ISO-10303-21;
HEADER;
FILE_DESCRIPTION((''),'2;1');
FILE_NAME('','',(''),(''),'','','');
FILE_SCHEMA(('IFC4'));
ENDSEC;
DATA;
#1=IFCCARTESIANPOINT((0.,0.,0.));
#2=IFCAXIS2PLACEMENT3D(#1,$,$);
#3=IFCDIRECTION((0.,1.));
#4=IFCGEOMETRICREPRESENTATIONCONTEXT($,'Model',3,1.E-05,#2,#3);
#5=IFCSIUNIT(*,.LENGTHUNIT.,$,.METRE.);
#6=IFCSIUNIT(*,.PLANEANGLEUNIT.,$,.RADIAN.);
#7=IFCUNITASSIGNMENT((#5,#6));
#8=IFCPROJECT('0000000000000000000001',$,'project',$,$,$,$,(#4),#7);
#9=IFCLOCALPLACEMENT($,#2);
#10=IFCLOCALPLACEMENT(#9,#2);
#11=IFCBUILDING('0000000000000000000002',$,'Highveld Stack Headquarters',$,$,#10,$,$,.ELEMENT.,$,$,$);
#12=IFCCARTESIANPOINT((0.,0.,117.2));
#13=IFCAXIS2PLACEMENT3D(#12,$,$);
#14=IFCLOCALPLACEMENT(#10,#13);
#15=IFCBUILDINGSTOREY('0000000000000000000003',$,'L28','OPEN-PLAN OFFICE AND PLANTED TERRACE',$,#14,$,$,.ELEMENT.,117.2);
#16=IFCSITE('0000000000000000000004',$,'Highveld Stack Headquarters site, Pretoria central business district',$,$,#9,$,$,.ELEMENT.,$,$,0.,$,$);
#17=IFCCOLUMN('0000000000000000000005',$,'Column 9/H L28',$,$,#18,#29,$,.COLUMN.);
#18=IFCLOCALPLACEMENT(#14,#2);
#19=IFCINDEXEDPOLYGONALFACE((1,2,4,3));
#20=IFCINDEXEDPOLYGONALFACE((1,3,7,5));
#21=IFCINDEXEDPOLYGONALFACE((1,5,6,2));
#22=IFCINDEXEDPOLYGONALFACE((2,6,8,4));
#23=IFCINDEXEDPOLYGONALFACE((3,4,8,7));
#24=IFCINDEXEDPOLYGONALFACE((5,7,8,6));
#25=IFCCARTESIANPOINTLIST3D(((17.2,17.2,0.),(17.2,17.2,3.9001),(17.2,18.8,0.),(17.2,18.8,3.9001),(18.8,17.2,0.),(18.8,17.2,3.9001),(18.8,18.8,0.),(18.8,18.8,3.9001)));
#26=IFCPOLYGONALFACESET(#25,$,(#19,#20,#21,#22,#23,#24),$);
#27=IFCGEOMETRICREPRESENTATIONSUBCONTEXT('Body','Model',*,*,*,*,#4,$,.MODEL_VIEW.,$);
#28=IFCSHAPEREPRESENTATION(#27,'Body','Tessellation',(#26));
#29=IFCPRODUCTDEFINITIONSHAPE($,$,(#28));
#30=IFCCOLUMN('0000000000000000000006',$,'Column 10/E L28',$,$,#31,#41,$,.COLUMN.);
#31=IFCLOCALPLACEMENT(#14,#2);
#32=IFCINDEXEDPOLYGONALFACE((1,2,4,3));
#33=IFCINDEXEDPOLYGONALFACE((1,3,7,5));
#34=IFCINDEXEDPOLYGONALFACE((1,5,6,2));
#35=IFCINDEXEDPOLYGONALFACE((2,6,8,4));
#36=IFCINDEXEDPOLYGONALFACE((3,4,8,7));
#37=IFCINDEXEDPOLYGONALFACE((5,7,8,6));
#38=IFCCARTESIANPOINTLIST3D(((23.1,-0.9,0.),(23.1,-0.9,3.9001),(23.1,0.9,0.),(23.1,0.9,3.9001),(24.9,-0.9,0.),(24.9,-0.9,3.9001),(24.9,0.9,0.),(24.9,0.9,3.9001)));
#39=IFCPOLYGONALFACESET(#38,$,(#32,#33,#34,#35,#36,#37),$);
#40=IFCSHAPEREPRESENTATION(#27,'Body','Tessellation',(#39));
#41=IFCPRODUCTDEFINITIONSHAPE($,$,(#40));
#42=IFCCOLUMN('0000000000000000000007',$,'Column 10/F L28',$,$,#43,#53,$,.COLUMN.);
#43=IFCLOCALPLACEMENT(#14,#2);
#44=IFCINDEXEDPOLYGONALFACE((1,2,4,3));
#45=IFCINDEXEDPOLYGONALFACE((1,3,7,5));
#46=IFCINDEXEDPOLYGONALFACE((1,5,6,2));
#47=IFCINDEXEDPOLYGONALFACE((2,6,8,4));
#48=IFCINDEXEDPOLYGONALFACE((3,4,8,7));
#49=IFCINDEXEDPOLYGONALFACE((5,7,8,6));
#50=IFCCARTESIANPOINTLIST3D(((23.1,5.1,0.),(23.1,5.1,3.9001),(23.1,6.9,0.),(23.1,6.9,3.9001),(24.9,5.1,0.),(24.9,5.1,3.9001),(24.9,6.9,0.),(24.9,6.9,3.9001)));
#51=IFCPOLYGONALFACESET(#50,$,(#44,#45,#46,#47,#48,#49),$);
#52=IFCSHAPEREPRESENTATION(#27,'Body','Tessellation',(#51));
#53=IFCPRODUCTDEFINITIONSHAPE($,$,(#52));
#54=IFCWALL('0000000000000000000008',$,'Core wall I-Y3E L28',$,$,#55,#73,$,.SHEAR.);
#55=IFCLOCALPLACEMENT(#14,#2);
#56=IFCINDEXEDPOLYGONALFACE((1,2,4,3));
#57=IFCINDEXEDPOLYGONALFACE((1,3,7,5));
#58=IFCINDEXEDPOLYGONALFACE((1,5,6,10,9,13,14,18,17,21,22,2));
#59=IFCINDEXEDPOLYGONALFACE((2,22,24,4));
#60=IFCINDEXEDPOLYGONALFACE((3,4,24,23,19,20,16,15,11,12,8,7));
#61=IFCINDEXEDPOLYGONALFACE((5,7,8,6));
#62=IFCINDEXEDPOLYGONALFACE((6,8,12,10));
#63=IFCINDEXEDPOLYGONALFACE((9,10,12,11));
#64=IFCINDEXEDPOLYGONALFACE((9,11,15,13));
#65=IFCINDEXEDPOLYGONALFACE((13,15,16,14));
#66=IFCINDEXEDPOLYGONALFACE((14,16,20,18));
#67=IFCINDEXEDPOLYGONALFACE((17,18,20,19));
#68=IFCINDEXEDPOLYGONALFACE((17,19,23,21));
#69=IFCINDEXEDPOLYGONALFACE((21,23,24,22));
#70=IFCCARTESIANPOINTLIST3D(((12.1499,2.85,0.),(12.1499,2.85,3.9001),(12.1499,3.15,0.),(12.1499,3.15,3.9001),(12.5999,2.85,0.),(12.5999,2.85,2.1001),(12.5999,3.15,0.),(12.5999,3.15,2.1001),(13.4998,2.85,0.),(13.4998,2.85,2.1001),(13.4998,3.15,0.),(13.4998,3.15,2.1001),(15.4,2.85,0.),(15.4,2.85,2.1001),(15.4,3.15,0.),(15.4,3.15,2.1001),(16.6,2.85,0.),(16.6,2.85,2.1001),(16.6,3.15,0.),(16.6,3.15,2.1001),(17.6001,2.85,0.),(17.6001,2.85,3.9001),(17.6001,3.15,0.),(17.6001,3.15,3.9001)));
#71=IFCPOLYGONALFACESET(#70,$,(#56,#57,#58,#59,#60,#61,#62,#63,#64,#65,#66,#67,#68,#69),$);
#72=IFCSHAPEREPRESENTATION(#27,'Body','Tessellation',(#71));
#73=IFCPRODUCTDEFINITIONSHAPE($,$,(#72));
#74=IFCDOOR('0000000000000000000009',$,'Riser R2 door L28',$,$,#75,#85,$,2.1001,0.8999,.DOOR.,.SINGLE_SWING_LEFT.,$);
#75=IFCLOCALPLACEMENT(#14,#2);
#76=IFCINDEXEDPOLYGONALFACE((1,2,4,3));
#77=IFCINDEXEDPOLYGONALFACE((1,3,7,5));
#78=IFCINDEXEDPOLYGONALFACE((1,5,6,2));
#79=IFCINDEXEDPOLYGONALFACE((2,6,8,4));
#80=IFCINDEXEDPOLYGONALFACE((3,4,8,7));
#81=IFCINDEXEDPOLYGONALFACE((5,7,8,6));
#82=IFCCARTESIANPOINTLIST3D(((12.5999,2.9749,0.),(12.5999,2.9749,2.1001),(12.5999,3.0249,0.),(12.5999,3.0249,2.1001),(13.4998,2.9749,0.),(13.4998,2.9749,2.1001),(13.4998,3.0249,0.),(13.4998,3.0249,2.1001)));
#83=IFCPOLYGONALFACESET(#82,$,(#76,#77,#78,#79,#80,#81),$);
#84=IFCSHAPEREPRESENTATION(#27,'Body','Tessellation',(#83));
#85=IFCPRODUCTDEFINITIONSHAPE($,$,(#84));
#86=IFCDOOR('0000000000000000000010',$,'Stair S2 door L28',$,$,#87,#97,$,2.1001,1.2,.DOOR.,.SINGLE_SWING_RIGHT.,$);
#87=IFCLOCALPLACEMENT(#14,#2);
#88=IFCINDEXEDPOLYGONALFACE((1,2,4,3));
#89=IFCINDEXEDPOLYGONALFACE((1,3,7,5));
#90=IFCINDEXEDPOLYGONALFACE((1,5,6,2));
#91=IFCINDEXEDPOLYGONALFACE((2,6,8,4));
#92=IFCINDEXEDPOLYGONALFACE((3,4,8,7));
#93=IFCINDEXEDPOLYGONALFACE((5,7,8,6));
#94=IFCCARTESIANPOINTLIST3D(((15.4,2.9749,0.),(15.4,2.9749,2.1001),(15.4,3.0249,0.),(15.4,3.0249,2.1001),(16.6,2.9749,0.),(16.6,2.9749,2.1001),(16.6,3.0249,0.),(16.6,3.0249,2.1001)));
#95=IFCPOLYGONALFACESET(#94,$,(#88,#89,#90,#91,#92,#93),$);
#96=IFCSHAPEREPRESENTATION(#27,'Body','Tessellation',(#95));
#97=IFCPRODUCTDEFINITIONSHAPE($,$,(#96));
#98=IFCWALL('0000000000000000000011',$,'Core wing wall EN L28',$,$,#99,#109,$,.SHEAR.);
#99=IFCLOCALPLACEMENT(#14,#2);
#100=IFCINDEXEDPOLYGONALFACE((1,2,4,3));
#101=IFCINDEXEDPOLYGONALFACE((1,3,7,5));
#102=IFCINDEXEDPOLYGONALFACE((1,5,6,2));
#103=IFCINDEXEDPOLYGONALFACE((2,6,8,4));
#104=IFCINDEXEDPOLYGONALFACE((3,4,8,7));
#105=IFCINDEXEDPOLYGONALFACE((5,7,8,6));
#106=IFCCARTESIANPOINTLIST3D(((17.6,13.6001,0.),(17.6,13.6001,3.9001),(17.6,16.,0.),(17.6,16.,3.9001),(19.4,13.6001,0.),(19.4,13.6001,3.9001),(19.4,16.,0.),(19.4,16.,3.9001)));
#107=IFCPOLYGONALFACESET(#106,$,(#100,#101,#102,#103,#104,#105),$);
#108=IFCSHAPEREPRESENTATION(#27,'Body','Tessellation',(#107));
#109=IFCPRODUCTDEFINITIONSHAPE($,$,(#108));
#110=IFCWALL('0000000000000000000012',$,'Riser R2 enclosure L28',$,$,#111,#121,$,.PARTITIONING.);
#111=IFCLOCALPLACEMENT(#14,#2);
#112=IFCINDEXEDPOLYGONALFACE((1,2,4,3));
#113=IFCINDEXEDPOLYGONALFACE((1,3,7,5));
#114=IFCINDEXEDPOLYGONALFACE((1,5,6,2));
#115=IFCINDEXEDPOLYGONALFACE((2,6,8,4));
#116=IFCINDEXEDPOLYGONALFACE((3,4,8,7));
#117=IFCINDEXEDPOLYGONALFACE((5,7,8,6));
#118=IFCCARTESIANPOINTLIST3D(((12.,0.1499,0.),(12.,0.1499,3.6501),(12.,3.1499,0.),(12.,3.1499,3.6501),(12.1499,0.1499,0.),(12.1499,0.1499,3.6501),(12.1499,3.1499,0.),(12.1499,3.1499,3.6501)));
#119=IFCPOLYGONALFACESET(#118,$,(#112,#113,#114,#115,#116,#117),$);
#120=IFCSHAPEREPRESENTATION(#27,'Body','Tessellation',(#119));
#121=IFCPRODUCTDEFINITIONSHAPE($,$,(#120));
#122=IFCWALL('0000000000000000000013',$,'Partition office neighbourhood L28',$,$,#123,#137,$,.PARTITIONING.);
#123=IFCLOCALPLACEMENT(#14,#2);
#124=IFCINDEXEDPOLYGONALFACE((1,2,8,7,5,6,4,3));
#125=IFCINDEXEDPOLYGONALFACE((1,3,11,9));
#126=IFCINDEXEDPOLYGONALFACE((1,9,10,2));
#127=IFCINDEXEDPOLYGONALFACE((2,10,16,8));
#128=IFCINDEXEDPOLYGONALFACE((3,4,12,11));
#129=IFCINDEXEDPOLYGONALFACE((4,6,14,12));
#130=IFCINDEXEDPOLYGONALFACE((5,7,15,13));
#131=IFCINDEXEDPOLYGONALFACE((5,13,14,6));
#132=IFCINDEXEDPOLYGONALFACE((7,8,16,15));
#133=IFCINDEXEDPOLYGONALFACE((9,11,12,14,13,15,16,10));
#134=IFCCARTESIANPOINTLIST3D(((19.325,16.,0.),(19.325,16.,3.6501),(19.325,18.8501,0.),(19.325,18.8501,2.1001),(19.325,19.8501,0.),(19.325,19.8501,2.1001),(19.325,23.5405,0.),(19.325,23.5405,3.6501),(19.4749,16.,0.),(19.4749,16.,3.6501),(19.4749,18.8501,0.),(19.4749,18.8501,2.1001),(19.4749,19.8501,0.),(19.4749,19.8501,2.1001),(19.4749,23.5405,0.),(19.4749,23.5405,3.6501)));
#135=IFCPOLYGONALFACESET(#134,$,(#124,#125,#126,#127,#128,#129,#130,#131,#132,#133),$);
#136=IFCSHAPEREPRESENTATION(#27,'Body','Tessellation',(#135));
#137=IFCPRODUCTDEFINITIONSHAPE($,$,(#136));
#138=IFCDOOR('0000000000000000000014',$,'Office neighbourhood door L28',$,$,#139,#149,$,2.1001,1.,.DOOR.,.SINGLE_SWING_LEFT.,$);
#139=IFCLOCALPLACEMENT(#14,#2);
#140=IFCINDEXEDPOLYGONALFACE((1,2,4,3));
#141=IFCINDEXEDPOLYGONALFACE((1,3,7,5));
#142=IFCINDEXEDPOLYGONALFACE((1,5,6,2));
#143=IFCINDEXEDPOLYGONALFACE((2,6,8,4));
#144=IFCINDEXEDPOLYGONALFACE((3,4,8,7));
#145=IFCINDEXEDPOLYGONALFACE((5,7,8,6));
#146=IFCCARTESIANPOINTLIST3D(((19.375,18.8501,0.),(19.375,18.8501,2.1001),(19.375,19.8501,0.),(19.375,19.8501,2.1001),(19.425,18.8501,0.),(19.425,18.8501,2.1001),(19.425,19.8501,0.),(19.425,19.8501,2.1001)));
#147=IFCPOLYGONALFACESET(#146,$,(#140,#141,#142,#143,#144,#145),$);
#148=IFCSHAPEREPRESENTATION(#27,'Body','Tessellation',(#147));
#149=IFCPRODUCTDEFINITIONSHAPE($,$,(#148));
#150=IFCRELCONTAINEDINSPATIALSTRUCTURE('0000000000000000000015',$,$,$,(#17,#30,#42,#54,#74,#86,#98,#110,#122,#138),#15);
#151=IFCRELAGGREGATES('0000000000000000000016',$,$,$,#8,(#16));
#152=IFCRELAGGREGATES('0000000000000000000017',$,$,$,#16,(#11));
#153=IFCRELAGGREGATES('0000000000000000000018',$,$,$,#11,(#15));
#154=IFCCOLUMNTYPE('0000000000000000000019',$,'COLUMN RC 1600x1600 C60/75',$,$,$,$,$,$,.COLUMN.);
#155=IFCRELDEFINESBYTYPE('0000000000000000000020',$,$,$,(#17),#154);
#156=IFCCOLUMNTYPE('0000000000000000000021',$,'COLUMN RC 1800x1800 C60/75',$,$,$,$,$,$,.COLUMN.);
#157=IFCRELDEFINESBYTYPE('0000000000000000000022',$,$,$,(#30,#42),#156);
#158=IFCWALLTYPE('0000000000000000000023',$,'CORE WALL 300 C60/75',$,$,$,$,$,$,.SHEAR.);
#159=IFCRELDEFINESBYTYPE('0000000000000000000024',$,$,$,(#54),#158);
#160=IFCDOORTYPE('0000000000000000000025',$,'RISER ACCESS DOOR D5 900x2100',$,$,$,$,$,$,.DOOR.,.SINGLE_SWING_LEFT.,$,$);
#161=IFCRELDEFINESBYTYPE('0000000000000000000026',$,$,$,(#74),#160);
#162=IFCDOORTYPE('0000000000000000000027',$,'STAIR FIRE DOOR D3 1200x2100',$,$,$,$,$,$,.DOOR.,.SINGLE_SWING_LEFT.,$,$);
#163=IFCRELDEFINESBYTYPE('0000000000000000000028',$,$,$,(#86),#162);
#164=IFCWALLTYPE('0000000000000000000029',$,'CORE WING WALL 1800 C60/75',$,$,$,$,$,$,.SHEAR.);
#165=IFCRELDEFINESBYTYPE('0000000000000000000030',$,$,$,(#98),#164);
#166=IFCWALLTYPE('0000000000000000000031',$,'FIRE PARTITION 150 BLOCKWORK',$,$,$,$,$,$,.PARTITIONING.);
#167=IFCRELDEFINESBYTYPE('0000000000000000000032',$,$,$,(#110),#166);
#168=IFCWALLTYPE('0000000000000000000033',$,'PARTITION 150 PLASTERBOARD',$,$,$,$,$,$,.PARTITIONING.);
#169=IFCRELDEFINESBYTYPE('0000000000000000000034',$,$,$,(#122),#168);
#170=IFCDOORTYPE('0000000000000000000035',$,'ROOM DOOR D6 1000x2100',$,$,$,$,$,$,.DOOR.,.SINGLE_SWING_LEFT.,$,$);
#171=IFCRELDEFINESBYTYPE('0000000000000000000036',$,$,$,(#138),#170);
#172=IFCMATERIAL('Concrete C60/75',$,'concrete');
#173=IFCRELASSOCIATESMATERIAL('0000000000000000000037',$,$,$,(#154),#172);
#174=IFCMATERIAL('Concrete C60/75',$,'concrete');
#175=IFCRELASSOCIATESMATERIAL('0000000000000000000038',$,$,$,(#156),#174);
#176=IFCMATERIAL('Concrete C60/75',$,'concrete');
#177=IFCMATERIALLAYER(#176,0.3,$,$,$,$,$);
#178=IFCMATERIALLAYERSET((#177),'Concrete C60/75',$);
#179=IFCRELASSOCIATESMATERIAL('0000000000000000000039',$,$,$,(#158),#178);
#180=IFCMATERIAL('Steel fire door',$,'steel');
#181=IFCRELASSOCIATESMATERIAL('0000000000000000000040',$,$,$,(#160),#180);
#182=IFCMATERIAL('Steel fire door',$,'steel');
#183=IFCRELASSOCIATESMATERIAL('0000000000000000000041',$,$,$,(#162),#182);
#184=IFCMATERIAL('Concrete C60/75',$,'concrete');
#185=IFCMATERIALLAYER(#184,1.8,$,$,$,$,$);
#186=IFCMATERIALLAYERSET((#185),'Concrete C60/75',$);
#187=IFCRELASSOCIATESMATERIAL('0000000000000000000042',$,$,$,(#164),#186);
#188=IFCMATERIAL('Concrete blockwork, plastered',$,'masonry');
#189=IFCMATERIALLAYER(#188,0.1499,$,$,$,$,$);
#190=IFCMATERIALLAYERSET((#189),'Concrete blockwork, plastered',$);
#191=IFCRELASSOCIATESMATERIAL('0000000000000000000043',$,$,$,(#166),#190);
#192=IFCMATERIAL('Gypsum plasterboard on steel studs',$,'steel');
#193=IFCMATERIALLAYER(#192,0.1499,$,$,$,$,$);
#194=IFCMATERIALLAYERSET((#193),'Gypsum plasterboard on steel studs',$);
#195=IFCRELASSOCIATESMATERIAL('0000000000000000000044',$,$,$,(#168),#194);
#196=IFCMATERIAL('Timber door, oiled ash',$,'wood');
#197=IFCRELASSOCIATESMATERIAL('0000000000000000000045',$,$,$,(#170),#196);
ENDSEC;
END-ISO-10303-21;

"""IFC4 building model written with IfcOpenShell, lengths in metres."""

from ifc_helpers import new_model, si_unit, direction, frame, frame_2d, origin, origin_2d, place, context, subcontext, project, spatial, rectangle, extrude, material, layer, layer_set, material_profile, profile_set, type_object, element, fill, save


model = new_model("IFC4")

# Units and contexts
model_context = context("Model", 3, precision=1e-05, world=origin(), true_north=direction((0.0, 1.0)))
body_context = subcontext(model_context, "Body", "Model", "MODEL_VIEW")
ifc_project = project(units=[si_unit("LENGTHUNIT", "METRE"), si_unit("PLANEANGLEUNIT", "RADIAN")], contexts=[model_context])

# Site, building, storey
site_placement = place(None, origin())
site = spatial("IfcSite", under=ifc_project, at=site_placement, Name="Highveld Stack Headquarters site, Pretoria central business district", CompositionType="ELEMENT", RefElevation=0.0)
building_placement = place(site_placement, origin())
building = spatial("IfcBuilding", under=site, at=building_placement, Name="Highveld Stack Headquarters", CompositionType="ELEMENT")
storey_placement = place(building_placement, frame((0.0, 0.0, 117.2)))
storey = spatial("IfcBuildingStorey", under=building, at=storey_placement, Name="L28", Description="OPEN-PLAN OFFICE AND PLANTED TERRACE", CompositionType="ELEMENT", Elevation=117.2)

# Columns
ifc_material_1 = material(Name="Concrete C60/75", Category="concrete")
ifc_material_profile_1 = material_profile(ifc_material_1, rectangle(XDim=1.6001, YDim=1.6001, at=origin_2d()), Name="RC 1600x1600")
ifc_profile_set_1 = profile_set([ifc_material_profile_1], Name="Concrete C60/75")
column_type_1 = type_object("IfcColumnType", Name="COLUMN RC 1600x1600 C60/75", PredefinedType="COLUMN", material=ifc_profile_set_1)
column_placement = place(storey_placement, frame((18.0, 18.0, 0.0), z_axis=(0.0, 0.0, 1.0), x_axis=(1.0, 0.0, 0.0)))
element("IfcColumn", 1, at=column_placement, inside=storey, type_object=column_type_1, Name="Column 9/H L28", PredefinedType="COLUMN", context=body_context, shape_type="SweptSolid", body=[
    extrude(rectangle(XDim=1.6001, YDim=1.6001, at=origin_2d()), origin(), (0.0, 0.0, 1.0), 3.9001),
])
ifc_material_2 = material(Name="Concrete C60/75", Category="concrete")
ifc_material_profile_2 = material_profile(ifc_material_2, rectangle(XDim=1.8, YDim=1.8, at=origin_2d()), Name="RC 1800x1800")
ifc_profile_set_2 = profile_set([ifc_material_profile_2], Name="Concrete C60/75")
column_type_2 = type_object("IfcColumnType", Name="COLUMN RC 1800x1800 C60/75", PredefinedType="COLUMN", material=ifc_profile_set_2)
for number, where, z_axis, x_axis, name in (
    (2, (24.0, 0.0, 0.0), (0.0, 0.0, 1.0), (1.0, 0.0, 0.0), "Column 10/E L28"),
    (3, (24.0, 6.0, 0.0), (0.0, 0.0, 1.0), (1.0, 0.0, 0.0), "Column 10/F L28"),
):
    element("IfcColumn", number, at=place(storey_placement, frame(where, z_axis=z_axis, x_axis=x_axis)), inside=storey, type_object=column_type_2, Name=name, PredefinedType="COLUMN", context=body_context, shape_type="SweptSolid", body=[
        extrude(rectangle(XDim=1.8, YDim=1.8, at=origin_2d()), origin(), (0.0, 0.0, 1.0), 3.9001),
    ])

# Wall, openings, doors
ifc_material_3 = material(Name="Concrete C60/75", Category="concrete")
ifc_layer_1 = layer(ifc_material_3, 0.3)
ifc_layer_set_1 = layer_set([ifc_layer_1], Name="Concrete C60/75")
wall_type_1 = type_object("IfcWallType", Name="CORE WALL 300 C60/75", PredefinedType="SHEAR", material=ifc_layer_set_1)
wall_1_placement = place(storey_placement, frame((12.1499, 3.0, 0.0), z_axis=(0.0, 0.0, 1.0), x_axis=(1.0, 0.0, 0.0)))
wall_1 = element("IfcWall", 4, at=wall_1_placement, inside=storey, type_object=wall_type_1, Name="Core wall I-Y3E L28", PredefinedType="SHEAR", context=body_context, shape_type="SweptSolid", body=[
    extrude(rectangle(XDim=5.4502, YDim=0.3, at=frame_2d((2.7251, 0.0))), origin(), (0.0, 0.0, 1.0), 3.9001),
])
opening_1_placement = place(wall_1_placement, frame((3.25, 0.0, 0.0)))
opening_1 = element("IfcOpeningElement", 5, at=opening_1_placement, cuts=wall_1, PredefinedType="OPENING", context=body_context, shape_type="SweptSolid", body=[
    extrude(rectangle(XDim=1.2, YDim=2.1001, at=frame_2d((0.6001, 1.05))), frame((0.0, 0.1599, 0.0), z_axis=(0.0, -1.0, 0.0), x_axis=(1.0, 0.0, 0.0)), (0.0, 0.0, 1.0), 0.3201),
])
opening_2_placement = place(wall_1_placement, frame((0.45, 0.0, 0.0)))
opening_2 = element("IfcOpeningElement", 6, at=opening_2_placement, cuts=wall_1, PredefinedType="OPENING", context=body_context, shape_type="SweptSolid", body=[
    extrude(rectangle(XDim=0.8999, YDim=2.1001, at=frame_2d((0.45, 1.05))), frame((0.0, 0.1599, 0.0), z_axis=(0.0, -1.0, 0.0), x_axis=(1.0, 0.0, 0.0)), (0.0, 0.0, 1.0), 0.3201),
])
ifc_material_4 = material(Name="Steel fire door", Category="steel")
door_type_1 = type_object("IfcDoorType", Name="RISER ACCESS DOOR D5 900x2100", OperationType="SINGLE_SWING_LEFT", PredefinedType="DOOR", material=ifc_material_4)
door_1_placement = place(opening_2_placement, origin())
door_1 = element("IfcDoor", 7, at=door_1_placement, inside=storey, type_object=door_type_1, Name="Riser R2 door L28", OperationType="SINGLE_SWING_LEFT", OverallHeight=2.1001, OverallWidth=0.8999, PredefinedType="DOOR", context=body_context, shape_type="SweptSolid", body=[
    extrude(rectangle(XDim=0.8999, YDim=2.1001, at=frame_2d((0.45, 1.05))), frame((0.0, 0.0249, 0.0), z_axis=(0.0, -1.0, 0.0), x_axis=(1.0, 0.0, 0.0)), (0.0, 0.0, 1.0), 0.05),
])
fill(opening_2, door_1)
ifc_material_5 = material(Name="Steel fire door", Category="steel")
door_type_2 = type_object("IfcDoorType", Name="STAIR FIRE DOOR D3 1200x2100", OperationType="SINGLE_SWING_LEFT", PredefinedType="DOOR", material=ifc_material_5)
door_2_placement = place(opening_1_placement, origin())
door_2 = element("IfcDoor", 8, at=door_2_placement, inside=storey, type_object=door_type_2, Name="Stair S2 door L28", OperationType="SINGLE_SWING_RIGHT", OverallHeight=2.1001, OverallWidth=1.2, PredefinedType="DOOR", context=body_context, shape_type="SweptSolid", body=[
    extrude(rectangle(XDim=1.2, YDim=2.1001, at=frame_2d((0.6001, 1.05))), frame((0.0, 0.0249, 0.0), z_axis=(0.0, -1.0, 0.0), x_axis=(1.0, 0.0, 0.0)), (0.0, 0.0, 1.0), 0.05),
])
fill(opening_1, door_2)

# Walls
ifc_material_6 = material(Name="Concrete C60/75", Category="concrete")
ifc_layer_2 = layer(ifc_material_6, 1.8)
ifc_layer_set_2 = layer_set([ifc_layer_2], Name="Concrete C60/75")
wall_type_2 = type_object("IfcWallType", Name="CORE WING WALL 1800 C60/75", PredefinedType="SHEAR", material=ifc_layer_set_2)
wall_2_placement = place(storey_placement, frame((18.5, 13.6001, 0.0), z_axis=(0.0, 0.0, 1.0), x_axis=(0.0, 1.0, 0.0)))
element("IfcWall", 9, at=wall_2_placement, inside=storey, type_object=wall_type_2, Name="Core wing wall EN L28", PredefinedType="SHEAR", context=body_context, shape_type="SweptSolid", body=[
    extrude(rectangle(XDim=2.3999, YDim=1.8, at=frame_2d((1.2, 0.0))), origin(), (0.0, 0.0, 1.0), 3.9001),
])
ifc_material_7 = material(Name="Concrete blockwork, plastered", Category="masonry")
ifc_layer_3 = layer(ifc_material_7, 0.1499)
ifc_layer_set_3 = layer_set([ifc_layer_3], Name="Concrete blockwork, plastered")
wall_type_3 = type_object("IfcWallType", Name="FIRE PARTITION 150 BLOCKWORK", PredefinedType="PARTITIONING", material=ifc_layer_set_3)
wall_3_placement = place(storey_placement, frame((12.075, 0.1499, 0.0), z_axis=(0.0, 0.0, 1.0), x_axis=(0.0, 1.0, 0.0)))
element("IfcWall", 10, at=wall_3_placement, inside=storey, type_object=wall_type_3, Name="Riser R2 enclosure L28", PredefinedType="PARTITIONING", context=body_context, shape_type="SweptSolid", body=[
    extrude(rectangle(XDim=3.0, YDim=0.1499, at=frame_2d((1.5, 0.0))), origin(), (0.0, 0.0, 1.0), 3.6501),
])

# Wall, opening, door
ifc_material_8 = material(Name="Gypsum plasterboard on steel studs", Category="steel")
ifc_layer_4 = layer(ifc_material_8, 0.1499)
ifc_layer_set_4 = layer_set([ifc_layer_4], Name="Gypsum plasterboard on steel studs")
wall_type_4 = type_object("IfcWallType", Name="PARTITION 150 PLASTERBOARD", PredefinedType="PARTITIONING", material=ifc_layer_set_4)
wall_4_placement = place(storey_placement, frame((19.3999, 16.0, 0.0), z_axis=(0.0, 0.0, 1.0), x_axis=(0.0, 1.0, 0.0)))
wall_4 = element("IfcWall", 11, at=wall_4_placement, inside=storey, type_object=wall_type_4, Name="Partition office neighbourhood L28", PredefinedType="PARTITIONING", context=body_context, shape_type="SweptSolid", body=[
    extrude(rectangle(XDim=7.5405, YDim=0.1499, at=frame_2d((3.7703, 0.0))), origin(), (0.0, 0.0, 1.0), 3.6501),
])
opening_3_placement = place(wall_4_placement, frame((2.8501, 0.0, 0.0)))
opening_3 = element("IfcOpeningElement", 12, at=opening_3_placement, cuts=wall_4, PredefinedType="OPENING", context=body_context, shape_type="SweptSolid", body=[
    extrude(rectangle(XDim=1.0, YDim=2.1001, at=frame_2d((0.5, 1.05))), frame((0.0, 0.085, 0.0), z_axis=(0.0, -1.0, 0.0), x_axis=(1.0, 0.0, 0.0)), (0.0, 0.0, 1.0), 0.1699),
])
ifc_material_9 = material(Name="Timber door, oiled ash", Category="wood")
door_type_3 = type_object("IfcDoorType", Name="ROOM DOOR D6 1000x2100", OperationType="SINGLE_SWING_LEFT", PredefinedType="DOOR", material=ifc_material_9)
door_3_placement = place(opening_3_placement, origin())
door_3 = element("IfcDoor", 13, at=door_3_placement, inside=storey, type_object=door_type_3, Name="Office neighbourhood door L28", OperationType="SINGLE_SWING_LEFT", OverallHeight=2.1001, OverallWidth=1.0, PredefinedType="DOOR", context=body_context, shape_type="SweptSolid", body=[
    extrude(rectangle(XDim=1.0, YDim=2.1001, at=frame_2d((0.5, 1.05))), frame((0.0, 0.0249, 0.0), z_axis=(0.0, -1.0, 0.0), x_axis=(1.0, 0.0, 0.0)), (0.0, 0.0, 1.0), 0.05),
])
fill(opening_3, door_3)

save(model, "model.ifc")
